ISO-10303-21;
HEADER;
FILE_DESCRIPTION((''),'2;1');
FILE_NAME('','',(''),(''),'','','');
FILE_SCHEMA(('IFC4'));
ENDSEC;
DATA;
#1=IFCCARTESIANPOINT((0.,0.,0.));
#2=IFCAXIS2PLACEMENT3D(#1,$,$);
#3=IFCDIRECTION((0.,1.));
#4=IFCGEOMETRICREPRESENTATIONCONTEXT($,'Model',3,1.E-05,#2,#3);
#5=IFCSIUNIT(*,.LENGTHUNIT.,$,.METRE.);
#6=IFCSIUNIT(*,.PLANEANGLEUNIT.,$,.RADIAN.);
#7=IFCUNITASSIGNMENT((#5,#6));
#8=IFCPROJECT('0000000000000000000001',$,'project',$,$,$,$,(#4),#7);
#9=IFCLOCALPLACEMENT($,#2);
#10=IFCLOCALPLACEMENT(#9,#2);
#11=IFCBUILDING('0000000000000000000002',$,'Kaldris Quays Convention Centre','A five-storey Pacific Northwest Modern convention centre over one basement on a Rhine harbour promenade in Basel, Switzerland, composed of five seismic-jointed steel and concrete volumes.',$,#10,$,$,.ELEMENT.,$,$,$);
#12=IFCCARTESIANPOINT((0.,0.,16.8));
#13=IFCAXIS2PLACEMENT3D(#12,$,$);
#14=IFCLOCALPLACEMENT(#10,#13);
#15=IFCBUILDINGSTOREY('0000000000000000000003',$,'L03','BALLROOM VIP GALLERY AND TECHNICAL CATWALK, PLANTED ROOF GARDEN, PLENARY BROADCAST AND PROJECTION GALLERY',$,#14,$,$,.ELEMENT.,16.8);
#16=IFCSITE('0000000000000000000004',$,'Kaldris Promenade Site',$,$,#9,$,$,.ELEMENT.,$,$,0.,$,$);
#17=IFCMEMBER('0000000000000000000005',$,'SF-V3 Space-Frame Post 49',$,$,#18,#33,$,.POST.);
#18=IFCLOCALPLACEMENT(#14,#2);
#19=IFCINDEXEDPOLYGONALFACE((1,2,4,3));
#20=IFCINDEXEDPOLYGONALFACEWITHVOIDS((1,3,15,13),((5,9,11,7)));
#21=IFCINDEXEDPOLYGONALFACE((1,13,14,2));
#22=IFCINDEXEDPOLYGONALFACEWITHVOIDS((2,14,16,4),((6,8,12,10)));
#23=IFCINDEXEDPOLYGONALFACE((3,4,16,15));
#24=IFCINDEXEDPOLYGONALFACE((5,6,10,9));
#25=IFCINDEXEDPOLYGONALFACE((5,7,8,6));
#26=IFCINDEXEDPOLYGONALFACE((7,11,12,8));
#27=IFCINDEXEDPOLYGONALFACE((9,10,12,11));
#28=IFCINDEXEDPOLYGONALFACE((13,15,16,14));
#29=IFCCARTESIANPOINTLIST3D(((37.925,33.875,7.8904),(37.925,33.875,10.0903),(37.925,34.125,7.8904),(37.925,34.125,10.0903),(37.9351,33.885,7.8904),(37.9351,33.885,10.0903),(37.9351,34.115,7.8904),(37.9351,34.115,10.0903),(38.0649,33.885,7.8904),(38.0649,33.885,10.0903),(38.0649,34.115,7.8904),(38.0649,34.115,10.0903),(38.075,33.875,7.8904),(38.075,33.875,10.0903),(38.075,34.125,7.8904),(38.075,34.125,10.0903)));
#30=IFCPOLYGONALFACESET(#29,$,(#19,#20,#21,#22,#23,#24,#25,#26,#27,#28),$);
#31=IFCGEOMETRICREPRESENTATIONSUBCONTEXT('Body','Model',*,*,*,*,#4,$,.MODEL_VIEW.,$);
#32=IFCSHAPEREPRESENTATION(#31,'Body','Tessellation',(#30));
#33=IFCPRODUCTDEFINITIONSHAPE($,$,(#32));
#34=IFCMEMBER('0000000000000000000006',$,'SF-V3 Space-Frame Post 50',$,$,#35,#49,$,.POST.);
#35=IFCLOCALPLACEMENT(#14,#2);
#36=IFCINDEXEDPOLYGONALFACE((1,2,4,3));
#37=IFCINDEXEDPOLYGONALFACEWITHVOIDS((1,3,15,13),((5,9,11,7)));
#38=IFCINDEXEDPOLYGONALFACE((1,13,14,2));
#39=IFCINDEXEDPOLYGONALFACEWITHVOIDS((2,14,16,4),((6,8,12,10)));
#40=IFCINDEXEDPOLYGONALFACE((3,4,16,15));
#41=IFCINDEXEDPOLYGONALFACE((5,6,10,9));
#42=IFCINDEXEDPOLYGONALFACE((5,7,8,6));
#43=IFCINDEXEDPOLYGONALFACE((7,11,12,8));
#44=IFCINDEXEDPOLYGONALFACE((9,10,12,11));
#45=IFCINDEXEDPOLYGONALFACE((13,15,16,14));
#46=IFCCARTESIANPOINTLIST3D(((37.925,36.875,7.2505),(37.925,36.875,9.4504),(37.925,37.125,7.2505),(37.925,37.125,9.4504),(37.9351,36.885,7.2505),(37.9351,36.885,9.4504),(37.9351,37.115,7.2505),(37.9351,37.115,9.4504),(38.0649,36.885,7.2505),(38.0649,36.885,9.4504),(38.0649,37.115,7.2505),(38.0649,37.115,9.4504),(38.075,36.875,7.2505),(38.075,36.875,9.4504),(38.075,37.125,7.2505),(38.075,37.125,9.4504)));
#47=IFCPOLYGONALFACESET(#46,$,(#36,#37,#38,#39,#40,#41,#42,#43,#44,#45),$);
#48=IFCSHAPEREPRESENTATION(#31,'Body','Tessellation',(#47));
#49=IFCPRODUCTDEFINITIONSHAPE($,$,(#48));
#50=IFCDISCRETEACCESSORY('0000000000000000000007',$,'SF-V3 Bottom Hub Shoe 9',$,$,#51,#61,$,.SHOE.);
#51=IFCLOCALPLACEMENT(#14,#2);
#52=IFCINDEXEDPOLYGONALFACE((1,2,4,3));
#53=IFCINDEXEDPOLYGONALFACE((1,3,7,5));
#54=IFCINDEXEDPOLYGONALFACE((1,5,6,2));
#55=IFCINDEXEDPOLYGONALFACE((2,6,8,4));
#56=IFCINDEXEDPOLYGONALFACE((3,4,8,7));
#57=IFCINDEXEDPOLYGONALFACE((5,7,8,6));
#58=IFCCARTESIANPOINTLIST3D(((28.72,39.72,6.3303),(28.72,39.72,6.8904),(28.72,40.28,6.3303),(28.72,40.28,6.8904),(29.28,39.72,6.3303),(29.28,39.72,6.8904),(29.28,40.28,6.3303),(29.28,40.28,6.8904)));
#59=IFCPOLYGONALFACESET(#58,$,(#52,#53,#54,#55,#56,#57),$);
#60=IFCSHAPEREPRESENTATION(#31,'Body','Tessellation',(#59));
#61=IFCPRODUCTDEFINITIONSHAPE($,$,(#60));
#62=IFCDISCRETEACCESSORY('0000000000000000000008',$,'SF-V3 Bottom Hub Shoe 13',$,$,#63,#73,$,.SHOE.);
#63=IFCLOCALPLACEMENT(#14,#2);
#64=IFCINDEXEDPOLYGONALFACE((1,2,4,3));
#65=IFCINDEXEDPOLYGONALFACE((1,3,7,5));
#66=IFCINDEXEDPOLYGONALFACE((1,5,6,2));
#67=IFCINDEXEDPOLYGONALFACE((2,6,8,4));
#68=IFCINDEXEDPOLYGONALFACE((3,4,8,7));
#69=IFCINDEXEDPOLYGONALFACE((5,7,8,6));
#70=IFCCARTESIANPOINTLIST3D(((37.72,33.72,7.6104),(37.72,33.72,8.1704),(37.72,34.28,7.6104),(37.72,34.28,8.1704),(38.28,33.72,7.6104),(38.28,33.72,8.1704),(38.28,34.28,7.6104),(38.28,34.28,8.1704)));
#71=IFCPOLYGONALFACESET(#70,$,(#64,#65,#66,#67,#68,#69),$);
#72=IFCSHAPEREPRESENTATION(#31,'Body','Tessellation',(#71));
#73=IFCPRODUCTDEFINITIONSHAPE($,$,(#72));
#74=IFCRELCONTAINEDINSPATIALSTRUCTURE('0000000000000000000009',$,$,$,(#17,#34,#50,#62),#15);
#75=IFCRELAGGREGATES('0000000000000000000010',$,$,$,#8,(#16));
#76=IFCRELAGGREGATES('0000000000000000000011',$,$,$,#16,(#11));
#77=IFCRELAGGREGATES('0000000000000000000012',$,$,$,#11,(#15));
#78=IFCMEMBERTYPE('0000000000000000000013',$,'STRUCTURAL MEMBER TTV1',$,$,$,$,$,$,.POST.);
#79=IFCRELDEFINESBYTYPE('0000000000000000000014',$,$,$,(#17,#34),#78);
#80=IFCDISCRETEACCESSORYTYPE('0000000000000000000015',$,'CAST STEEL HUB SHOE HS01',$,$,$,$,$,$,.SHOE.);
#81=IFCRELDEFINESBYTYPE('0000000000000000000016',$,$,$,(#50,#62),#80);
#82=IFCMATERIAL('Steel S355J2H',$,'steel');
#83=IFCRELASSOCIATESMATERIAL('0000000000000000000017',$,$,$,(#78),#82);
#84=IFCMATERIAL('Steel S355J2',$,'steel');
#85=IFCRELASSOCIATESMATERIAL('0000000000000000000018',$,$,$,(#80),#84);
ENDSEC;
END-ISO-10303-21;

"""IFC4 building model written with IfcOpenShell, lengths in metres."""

from ifc_helpers import new_model, si_unit, direction, frame, origin, origin_2d, place, context, subcontext, project, spatial, rectangle, hollow_rectangle, extrude, material, material_profile, profile_set, type_object, element, save


model = new_model("IFC4")

# Units and contexts
model_context = context("Model", 3, precision=1e-05, world=origin(), true_north=direction((0.0, 1.0)))
body_context = subcontext(model_context, "Body", "Model", "MODEL_VIEW")
ifc_project = project(units=[si_unit("LENGTHUNIT", "METRE"), si_unit("PLANEANGLEUNIT", "RADIAN")], contexts=[model_context])

# Site, building, storey
site_placement = place(None, origin())
site = spatial("IfcSite", under=ifc_project, at=site_placement, Name="Kaldris Promenade Site", CompositionType="ELEMENT", RefElevation=0.0)
building_placement = place(site_placement, origin())
building = spatial("IfcBuilding", under=site, at=building_placement, Name="Kaldris Quays Convention Centre", Description="A five-storey Pacific Northwest Modern convention centre over one basement on a Rhine harbour promenade in Basel, Switzerland, composed of five seismic-jointed steel and concrete volumes.", CompositionType="ELEMENT")
storey_placement = place(building_placement, frame((0.0, 0.0, 16.8)))
storey = spatial("IfcBuildingStorey", under=building, at=storey_placement, Name="L03", Description="BALLROOM VIP GALLERY AND TECHNICAL CATWALK, PLANTED ROOF GARDEN, PLENARY BROADCAST AND PROJECTION GALLERY", CompositionType="ELEMENT", Elevation=16.8)

# Members
ifc_material_1 = material(Name="Steel S355J2H", Category="steel")
ifc_material_profile_1 = material_profile(ifc_material_1, hollow_rectangle(XDim=0.1499, YDim=0.25, WallThickness=0.01, at=origin_2d()), Name="RHS 250x150x10")
ifc_profile_set_1 = profile_set([ifc_material_profile_1], Name="Steel S355J2H")
member_type_1 = type_object("IfcMemberType", Name="STRUCTURAL MEMBER TTV1", PredefinedType="POST", material=ifc_profile_set_1)
for number, where, z_axis, x_axis, name in (
    (1, (38.0, 34.0, 7.8904), (0.0, 0.0, 1.0), (1.0, 0.0, 0.0), "SF-V3 Space-Frame Post 49"),
    (2, (38.0, 37.0, 7.2505), (0.0, 0.0, 1.0), (1.0, 0.0, 0.0), "SF-V3 Space-Frame Post 50"),
):
    element("IfcMember", number, at=place(storey_placement, frame(where, z_axis=z_axis, x_axis=x_axis)), inside=storey, type_object=member_type_1, Name=name, PredefinedType="POST", context=body_context, shape_type="SweptSolid", body=[
        extrude(hollow_rectangle(XDim=0.1499, YDim=0.25, WallThickness=0.01, at=origin_2d()), origin(), (0.0, 0.0, 1.0), 2.2),
    ])

# Discrete accessories
ifc_material_2 = material(Name="Steel S355J2", Category="steel")
discrete_accessory_type = type_object("IfcDiscreteAccessoryType", Name="CAST STEEL HUB SHOE HS01", PredefinedType="SHOE", material=ifc_material_2)
for number, where, z_axis, x_axis, name in (
    (3, (29.0, 40.0, 6.3303), (0.0, 0.0, 1.0), (1.0, 0.0, 0.0), "SF-V3 Bottom Hub Shoe 9"),
    (4, (38.0, 34.0, 7.6104), (0.0, 0.0, 1.0), (1.0, 0.0, 0.0), "SF-V3 Bottom Hub Shoe 13"),
):
    element("IfcDiscreteAccessory", number, at=place(storey_placement, frame(where, z_axis=z_axis, x_axis=x_axis)), inside=storey, type_object=discrete_accessory_type, Name=name, PredefinedType="SHOE", context=body_context, shape_type="SweptSolid", body=[
        extrude(rectangle(XDim=0.5601, YDim=0.5601, at=origin_2d()), origin(), (0.0, 0.0, 1.0), 0.5601),
    ])

save(model, "model.ifc")
